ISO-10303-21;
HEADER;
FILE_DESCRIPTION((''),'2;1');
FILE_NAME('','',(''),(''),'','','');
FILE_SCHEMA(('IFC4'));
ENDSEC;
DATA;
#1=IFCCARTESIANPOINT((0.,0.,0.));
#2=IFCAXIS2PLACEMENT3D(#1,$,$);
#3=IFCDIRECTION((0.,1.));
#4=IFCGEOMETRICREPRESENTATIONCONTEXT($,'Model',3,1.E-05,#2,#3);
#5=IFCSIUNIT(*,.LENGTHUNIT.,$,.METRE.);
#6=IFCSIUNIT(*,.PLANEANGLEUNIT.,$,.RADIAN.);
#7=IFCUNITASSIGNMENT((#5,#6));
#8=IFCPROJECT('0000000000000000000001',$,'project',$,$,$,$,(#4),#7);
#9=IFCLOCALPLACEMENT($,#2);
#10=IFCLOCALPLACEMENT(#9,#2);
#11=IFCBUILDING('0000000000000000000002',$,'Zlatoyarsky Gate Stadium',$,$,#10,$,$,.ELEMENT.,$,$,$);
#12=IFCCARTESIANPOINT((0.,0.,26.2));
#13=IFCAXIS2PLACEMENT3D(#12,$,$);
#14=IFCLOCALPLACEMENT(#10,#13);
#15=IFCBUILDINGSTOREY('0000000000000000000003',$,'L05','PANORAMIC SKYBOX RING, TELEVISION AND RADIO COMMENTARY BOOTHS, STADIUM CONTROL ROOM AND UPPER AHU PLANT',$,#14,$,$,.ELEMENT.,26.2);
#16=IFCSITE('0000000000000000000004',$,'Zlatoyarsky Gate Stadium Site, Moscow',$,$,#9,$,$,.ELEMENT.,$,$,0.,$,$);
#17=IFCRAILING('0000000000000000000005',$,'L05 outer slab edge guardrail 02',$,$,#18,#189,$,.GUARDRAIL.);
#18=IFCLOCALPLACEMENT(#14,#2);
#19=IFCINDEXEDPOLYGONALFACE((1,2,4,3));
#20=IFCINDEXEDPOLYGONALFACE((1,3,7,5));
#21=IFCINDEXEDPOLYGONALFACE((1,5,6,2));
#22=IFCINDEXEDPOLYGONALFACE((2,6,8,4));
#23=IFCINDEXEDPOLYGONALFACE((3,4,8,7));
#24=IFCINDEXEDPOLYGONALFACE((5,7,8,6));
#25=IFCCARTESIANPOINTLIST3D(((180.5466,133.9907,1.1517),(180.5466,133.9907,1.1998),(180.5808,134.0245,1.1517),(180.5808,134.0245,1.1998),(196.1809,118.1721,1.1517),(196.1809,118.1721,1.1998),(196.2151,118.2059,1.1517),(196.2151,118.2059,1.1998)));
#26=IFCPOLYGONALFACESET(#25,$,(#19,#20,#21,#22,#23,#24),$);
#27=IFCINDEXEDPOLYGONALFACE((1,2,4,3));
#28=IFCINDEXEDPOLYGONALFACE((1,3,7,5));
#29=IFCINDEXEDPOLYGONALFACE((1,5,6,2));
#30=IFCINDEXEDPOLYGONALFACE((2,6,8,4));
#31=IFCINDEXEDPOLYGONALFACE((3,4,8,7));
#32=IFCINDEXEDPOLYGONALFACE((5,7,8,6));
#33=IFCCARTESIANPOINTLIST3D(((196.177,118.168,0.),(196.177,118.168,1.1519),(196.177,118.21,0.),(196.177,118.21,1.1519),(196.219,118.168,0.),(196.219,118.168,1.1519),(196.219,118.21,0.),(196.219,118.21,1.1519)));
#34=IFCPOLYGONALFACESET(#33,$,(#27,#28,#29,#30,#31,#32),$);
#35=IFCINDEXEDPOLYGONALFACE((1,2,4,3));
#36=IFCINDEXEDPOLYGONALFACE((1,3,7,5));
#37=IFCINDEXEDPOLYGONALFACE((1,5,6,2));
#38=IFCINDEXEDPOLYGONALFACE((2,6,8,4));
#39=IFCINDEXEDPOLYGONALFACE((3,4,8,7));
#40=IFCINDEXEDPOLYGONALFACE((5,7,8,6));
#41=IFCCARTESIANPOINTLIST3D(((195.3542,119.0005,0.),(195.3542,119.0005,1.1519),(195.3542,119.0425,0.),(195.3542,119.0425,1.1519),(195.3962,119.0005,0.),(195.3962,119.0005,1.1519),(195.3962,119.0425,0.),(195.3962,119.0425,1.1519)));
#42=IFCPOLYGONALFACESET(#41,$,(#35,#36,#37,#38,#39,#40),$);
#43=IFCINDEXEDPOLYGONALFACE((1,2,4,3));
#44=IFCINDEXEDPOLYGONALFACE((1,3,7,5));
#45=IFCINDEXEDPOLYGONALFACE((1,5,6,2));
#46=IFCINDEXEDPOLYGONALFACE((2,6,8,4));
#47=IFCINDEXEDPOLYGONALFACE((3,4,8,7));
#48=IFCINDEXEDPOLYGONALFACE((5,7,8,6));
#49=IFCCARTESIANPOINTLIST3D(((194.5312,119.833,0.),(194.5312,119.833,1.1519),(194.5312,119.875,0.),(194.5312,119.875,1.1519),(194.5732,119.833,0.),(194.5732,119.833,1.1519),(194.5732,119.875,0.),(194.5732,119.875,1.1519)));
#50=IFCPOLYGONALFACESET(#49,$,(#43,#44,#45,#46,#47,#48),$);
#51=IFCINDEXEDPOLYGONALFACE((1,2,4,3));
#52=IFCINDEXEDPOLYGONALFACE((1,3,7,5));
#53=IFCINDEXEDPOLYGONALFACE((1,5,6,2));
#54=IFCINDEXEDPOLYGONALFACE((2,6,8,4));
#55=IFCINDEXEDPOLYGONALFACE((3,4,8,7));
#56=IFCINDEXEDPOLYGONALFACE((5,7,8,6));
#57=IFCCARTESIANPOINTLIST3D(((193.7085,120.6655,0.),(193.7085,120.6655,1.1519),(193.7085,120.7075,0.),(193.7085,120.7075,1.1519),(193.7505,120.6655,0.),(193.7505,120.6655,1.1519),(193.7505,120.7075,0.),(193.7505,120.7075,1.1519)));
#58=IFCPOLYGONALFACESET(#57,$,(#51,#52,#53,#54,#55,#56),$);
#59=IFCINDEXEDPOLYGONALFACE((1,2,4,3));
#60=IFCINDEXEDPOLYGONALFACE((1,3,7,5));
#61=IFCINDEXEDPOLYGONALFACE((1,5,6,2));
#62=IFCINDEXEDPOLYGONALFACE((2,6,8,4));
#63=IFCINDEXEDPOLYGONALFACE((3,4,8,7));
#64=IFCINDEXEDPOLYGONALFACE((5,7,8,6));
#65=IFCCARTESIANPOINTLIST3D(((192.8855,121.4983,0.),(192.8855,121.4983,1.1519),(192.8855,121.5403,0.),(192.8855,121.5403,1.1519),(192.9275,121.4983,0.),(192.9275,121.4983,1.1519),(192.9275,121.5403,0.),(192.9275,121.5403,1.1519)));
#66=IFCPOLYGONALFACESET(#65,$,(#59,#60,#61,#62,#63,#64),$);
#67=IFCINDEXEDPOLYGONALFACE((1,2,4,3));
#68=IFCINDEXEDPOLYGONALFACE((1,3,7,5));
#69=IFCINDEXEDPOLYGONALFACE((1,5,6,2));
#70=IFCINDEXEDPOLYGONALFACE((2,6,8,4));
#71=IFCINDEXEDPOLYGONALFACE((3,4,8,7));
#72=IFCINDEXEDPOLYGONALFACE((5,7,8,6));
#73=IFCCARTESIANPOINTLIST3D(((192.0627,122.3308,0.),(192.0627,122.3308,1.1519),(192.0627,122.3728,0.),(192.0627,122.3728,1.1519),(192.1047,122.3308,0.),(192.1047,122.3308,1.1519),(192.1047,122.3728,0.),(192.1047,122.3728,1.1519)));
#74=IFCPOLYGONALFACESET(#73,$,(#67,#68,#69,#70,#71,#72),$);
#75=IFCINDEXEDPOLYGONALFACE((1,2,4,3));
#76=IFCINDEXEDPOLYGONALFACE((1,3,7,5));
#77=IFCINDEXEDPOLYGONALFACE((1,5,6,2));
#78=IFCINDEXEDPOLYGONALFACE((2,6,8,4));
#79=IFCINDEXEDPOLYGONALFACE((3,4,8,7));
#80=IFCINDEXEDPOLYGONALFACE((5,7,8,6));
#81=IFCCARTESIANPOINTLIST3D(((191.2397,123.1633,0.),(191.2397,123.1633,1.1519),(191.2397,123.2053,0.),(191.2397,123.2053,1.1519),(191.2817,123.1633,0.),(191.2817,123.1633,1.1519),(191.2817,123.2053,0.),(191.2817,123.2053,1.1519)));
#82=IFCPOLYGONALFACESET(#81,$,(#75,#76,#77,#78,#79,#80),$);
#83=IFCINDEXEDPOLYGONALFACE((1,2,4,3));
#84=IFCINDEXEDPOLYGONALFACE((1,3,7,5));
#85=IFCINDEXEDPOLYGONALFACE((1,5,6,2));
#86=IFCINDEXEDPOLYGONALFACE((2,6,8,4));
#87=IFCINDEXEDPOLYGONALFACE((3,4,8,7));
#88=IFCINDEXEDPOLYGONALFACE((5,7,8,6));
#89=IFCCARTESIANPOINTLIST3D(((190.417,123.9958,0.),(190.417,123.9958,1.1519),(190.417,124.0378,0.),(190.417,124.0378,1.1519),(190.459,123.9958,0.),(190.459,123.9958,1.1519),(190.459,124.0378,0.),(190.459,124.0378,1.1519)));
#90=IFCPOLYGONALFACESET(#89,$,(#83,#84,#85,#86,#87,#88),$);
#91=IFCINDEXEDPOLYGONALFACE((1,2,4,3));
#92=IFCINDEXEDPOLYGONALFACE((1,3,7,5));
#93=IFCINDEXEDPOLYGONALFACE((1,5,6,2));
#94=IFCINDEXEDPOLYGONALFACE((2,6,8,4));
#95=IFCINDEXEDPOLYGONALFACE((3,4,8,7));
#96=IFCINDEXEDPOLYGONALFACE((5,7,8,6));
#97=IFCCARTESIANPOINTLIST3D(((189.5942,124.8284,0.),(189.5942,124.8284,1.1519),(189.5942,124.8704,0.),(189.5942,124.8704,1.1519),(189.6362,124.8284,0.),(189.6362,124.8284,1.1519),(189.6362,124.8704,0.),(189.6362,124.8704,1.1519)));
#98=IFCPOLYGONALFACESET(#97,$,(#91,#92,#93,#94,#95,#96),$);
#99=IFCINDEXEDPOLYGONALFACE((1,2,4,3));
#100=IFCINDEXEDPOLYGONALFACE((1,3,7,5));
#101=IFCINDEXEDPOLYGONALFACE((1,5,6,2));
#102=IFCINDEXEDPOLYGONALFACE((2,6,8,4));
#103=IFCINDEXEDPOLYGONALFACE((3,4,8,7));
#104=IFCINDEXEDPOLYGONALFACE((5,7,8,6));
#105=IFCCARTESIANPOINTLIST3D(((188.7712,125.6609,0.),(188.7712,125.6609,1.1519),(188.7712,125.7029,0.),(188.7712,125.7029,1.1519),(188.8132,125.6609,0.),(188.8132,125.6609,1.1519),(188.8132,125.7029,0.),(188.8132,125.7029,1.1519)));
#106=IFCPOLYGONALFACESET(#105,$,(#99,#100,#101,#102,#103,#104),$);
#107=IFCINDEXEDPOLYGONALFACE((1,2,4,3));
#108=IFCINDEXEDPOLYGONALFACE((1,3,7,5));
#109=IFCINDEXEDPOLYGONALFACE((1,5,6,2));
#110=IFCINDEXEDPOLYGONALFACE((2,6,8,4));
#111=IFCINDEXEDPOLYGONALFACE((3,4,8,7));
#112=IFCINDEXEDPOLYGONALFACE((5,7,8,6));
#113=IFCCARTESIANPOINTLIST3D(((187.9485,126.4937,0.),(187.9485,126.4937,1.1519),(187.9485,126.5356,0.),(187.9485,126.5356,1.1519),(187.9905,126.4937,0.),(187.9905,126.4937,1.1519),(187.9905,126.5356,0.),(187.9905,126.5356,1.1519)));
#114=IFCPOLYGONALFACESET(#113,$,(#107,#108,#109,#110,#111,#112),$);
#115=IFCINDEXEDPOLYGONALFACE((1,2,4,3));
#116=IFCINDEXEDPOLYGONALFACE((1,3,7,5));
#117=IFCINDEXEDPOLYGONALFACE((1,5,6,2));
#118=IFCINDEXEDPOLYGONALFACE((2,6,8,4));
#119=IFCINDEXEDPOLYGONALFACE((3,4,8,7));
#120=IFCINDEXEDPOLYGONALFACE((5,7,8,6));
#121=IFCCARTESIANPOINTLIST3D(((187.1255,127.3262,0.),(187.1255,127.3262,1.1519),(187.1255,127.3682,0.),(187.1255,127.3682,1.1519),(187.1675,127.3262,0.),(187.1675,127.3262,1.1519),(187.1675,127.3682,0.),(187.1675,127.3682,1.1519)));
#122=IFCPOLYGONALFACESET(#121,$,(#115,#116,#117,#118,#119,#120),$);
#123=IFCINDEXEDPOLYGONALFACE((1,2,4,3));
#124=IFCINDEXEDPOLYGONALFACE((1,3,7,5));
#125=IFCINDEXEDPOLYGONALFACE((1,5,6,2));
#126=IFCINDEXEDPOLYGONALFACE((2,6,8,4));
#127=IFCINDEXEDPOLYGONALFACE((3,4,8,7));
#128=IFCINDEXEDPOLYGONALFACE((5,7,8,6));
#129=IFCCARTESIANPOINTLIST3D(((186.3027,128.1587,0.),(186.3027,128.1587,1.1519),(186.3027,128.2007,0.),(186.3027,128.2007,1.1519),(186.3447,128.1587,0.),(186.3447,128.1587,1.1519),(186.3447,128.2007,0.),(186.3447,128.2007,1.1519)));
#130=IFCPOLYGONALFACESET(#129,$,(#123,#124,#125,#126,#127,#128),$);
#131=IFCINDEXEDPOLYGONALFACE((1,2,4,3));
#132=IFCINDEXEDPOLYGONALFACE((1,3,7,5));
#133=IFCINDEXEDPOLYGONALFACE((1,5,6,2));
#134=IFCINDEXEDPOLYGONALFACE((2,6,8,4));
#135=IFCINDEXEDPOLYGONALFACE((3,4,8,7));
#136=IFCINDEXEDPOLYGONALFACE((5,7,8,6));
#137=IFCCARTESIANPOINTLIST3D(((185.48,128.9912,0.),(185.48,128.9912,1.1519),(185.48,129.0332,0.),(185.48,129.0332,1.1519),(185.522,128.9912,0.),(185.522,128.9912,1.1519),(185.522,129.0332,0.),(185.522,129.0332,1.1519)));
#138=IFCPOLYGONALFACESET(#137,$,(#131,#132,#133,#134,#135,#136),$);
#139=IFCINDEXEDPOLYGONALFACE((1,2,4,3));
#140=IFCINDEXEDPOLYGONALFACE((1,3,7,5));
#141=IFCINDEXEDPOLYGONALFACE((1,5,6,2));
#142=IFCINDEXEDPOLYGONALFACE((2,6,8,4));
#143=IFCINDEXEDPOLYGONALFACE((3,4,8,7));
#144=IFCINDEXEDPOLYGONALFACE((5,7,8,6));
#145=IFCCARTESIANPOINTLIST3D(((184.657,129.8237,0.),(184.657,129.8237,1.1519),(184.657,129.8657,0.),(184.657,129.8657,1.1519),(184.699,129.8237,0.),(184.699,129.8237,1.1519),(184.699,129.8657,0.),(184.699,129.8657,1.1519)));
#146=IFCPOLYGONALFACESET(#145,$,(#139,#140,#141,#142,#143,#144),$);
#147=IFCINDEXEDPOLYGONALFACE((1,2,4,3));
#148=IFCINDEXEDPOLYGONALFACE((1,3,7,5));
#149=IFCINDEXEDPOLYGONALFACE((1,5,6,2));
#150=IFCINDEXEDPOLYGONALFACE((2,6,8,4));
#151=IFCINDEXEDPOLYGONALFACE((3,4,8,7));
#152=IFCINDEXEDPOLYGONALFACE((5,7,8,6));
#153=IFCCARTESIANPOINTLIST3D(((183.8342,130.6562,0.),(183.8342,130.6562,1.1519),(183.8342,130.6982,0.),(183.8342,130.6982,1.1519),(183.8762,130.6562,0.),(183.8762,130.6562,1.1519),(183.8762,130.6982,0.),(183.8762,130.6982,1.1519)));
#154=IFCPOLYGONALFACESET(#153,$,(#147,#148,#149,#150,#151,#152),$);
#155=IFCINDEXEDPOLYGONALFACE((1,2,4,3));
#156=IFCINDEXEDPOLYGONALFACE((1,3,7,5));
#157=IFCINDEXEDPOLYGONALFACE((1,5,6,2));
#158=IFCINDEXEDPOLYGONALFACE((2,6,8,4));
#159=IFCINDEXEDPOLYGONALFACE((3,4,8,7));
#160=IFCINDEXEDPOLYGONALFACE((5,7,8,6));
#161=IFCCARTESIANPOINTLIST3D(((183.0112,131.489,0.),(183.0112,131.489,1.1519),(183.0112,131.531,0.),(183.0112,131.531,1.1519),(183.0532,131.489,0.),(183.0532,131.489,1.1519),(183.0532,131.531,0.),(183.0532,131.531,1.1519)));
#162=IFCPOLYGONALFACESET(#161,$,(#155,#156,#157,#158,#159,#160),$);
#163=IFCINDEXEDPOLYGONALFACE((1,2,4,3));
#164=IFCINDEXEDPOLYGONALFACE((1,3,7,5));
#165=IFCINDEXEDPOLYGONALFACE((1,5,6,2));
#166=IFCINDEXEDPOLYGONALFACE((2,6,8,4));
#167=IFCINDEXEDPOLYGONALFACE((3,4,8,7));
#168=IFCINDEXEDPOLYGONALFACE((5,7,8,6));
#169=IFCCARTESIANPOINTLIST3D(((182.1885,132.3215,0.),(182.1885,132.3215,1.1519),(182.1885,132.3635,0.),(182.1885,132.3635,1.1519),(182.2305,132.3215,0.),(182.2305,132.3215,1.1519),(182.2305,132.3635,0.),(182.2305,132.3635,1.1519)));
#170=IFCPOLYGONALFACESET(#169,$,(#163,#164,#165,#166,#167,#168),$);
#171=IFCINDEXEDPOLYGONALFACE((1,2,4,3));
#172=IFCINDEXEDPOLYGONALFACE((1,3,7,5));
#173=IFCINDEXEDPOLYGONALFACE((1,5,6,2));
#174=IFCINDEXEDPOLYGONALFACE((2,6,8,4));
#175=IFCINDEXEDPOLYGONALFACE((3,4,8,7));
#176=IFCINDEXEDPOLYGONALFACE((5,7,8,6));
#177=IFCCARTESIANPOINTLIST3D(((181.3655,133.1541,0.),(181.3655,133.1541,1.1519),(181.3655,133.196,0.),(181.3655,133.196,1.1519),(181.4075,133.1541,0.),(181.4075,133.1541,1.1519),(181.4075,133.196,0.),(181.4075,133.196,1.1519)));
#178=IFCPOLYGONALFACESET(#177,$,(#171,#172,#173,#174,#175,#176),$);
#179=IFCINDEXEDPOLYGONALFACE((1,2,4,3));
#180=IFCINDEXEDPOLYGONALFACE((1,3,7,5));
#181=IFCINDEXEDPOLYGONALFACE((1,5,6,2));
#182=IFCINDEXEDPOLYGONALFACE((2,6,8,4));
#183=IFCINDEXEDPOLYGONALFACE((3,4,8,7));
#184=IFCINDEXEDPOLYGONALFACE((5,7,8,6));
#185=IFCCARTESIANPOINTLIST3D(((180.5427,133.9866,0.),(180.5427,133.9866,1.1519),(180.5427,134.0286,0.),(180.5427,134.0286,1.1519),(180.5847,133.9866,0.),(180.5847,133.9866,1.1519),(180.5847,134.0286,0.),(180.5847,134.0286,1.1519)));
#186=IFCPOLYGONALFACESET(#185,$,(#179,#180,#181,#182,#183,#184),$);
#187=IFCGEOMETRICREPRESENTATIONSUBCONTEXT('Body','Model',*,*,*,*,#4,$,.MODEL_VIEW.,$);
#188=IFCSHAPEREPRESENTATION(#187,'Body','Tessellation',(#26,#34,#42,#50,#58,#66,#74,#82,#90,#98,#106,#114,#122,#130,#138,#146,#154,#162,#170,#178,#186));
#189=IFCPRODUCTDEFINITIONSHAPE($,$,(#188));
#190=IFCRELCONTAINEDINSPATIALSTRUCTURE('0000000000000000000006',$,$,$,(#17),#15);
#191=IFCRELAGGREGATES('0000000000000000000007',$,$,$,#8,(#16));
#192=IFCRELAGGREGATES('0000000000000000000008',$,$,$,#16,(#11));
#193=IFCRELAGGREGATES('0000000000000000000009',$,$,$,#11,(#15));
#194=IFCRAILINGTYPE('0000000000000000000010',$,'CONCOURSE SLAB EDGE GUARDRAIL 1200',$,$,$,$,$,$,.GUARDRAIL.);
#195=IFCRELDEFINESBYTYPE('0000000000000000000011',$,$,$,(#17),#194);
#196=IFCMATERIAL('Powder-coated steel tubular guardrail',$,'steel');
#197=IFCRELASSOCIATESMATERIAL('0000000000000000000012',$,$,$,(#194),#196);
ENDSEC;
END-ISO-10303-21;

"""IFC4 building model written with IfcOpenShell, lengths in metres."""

from ifc_helpers import new_model, si_unit, direction, frame, origin, origin_2d, place, context, subcontext, project, spatial, rectangle, extrude, material, type_object, element, save


model = new_model("IFC4")

# Units and contexts
model_context = context("Model", 3, precision=1e-05, world=origin(), true_north=direction((0.0, 1.0)))
body_context = subcontext(model_context, "Body", "Model", "MODEL_VIEW")
ifc_project = project(units=[si_unit("LENGTHUNIT", "METRE"), si_unit("PLANEANGLEUNIT", "RADIAN")], contexts=[model_context])

# Site, building, storey
site_placement = place(None, origin())
site = spatial("IfcSite", under=ifc_project, at=site_placement, Name="Zlatoyarsky Gate Stadium Site, Moscow", CompositionType="ELEMENT", RefElevation=0.0)
building_placement = place(site_placement, origin())
building = spatial("IfcBuilding", under=site, at=building_placement, Name="Zlatoyarsky Gate Stadium", CompositionType="ELEMENT")
storey_placement = place(building_placement, frame((0.0, 0.0, 26.2)))
storey = spatial("IfcBuildingStorey", under=building, at=storey_placement, Name="L05", Description="PANORAMIC SKYBOX RING, TELEVISION AND RADIO COMMENTARY BOOTHS, STADIUM CONTROL ROOM AND UPPER AHU PLANT", CompositionType="ELEMENT", Elevation=26.2)

# Railing
ifc_material_1 = material(Name="Powder-coated steel tubular guardrail", Category="steel")
railing_type = type_object("IfcRailingType", Name="CONCOURSE SLAB EDGE GUARDRAIL 1200", PredefinedType="GUARDRAIL", material=ifc_material_1)
railing_placement = place(storey_placement, frame((196.198, 118.189, 0.0)))
element("IfcRailing", 1, at=railing_placement, inside=storey, type_object=railing_type, Name="L05 outer slab edge guardrail 02", PredefinedType="GUARDRAIL", context=body_context, shape_type="SweptSolid", body=[
    extrude(rectangle(XDim=0.0481, YDim=0.0481, at=origin_2d()), frame((0.0, 0.0, 1.1758), z_axis=(-0.702951, 0.711238, 0.0), x_axis=(-0.711238, -0.702951, 0.0)), (0.0, 0.0, 1.0), 22.241),
    extrude(rectangle(XDim=0.042, YDim=0.042, at=origin_2d()), origin(), (0.0, 0.0, 1.0), 1.1519),
    extrude(rectangle(XDim=0.042, YDim=0.042, at=origin_2d()), frame((-0.8228, 0.8325, 0.0)), (0.0, 0.0, 1.0), 1.1519),
    extrude(rectangle(XDim=0.042, YDim=0.042, at=origin_2d()), frame((-1.6458, 1.665, 0.0)), (0.0, 0.0, 1.0), 1.1519),
    extrude(rectangle(XDim=0.042, YDim=0.042, at=origin_2d()), frame((-2.4685, 2.4976, 0.0)), (0.0, 0.0, 1.0), 1.1519),
    extrude(rectangle(XDim=0.042, YDim=0.042, at=origin_2d()), frame((-3.2915, 3.3303, 0.0)), (0.0, 0.0, 1.0), 1.1519),
    extrude(rectangle(XDim=0.042, YDim=0.042, at=origin_2d()), frame((-4.1143, 4.1628, 0.0)), (0.0, 0.0, 1.0), 1.1519),
    extrude(rectangle(XDim=0.042, YDim=0.042, at=origin_2d()), frame((-4.9373, 4.9954, 0.0)), (0.0, 0.0, 1.0), 1.1519),
    extrude(rectangle(XDim=0.042, YDim=0.042, at=origin_2d()), frame((-5.76, 5.8279, 0.0)), (0.0, 0.0, 1.0), 1.1519),
    extrude(rectangle(XDim=0.042, YDim=0.042, at=origin_2d()), frame((-6.5828, 6.6604, 0.0)), (0.0, 0.0, 1.0), 1.1519),
    extrude(rectangle(XDim=0.042, YDim=0.042, at=origin_2d()), frame((-7.4058, 7.4929, 0.0)), (0.0, 0.0, 1.0), 1.1519),
    extrude(rectangle(XDim=0.042, YDim=0.042, at=origin_2d()), frame((-8.2285, 8.3257, 0.0)), (0.0, 0.0, 1.0), 1.1519),
    extrude(rectangle(XDim=0.042, YDim=0.042, at=origin_2d()), frame((-9.0515, 9.1582, 0.0)), (0.0, 0.0, 1.0), 1.1519),
    extrude(rectangle(XDim=0.042, YDim=0.042, at=origin_2d()), frame((-9.8743, 9.9907, 0.0)), (0.0, 0.0, 1.0), 1.1519),
    extrude(rectangle(XDim=0.042, YDim=0.042, at=origin_2d()), frame((-10.697, 10.8232, 0.0)), (0.0, 0.0, 1.0), 1.1519),
    extrude(rectangle(XDim=0.042, YDim=0.042, at=origin_2d()), frame((-11.52, 11.6558, 0.0)), (0.0, 0.0, 1.0), 1.1519),
    extrude(rectangle(XDim=0.042, YDim=0.042, at=origin_2d()), frame((-12.3428, 12.4883, 0.0)), (0.0, 0.0, 1.0), 1.1519),
    extrude(rectangle(XDim=0.042, YDim=0.042, at=origin_2d()), frame((-13.1658, 13.321, 0.0)), (0.0, 0.0, 1.0), 1.1519),
    extrude(rectangle(XDim=0.042, YDim=0.042, at=origin_2d()), frame((-13.9885, 14.1536, 0.0)), (0.0, 0.0, 1.0), 1.1519),
    extrude(rectangle(XDim=0.042, YDim=0.042, at=origin_2d()), frame((-14.8115, 14.9861, 0.0)), (0.0, 0.0, 1.0), 1.1519),
    extrude(rectangle(XDim=0.042, YDim=0.042, at=origin_2d()), frame((-15.6343, 15.8186, 0.0)), (0.0, 0.0, 1.0), 1.1519),
])

save(model, "model.ifc")
